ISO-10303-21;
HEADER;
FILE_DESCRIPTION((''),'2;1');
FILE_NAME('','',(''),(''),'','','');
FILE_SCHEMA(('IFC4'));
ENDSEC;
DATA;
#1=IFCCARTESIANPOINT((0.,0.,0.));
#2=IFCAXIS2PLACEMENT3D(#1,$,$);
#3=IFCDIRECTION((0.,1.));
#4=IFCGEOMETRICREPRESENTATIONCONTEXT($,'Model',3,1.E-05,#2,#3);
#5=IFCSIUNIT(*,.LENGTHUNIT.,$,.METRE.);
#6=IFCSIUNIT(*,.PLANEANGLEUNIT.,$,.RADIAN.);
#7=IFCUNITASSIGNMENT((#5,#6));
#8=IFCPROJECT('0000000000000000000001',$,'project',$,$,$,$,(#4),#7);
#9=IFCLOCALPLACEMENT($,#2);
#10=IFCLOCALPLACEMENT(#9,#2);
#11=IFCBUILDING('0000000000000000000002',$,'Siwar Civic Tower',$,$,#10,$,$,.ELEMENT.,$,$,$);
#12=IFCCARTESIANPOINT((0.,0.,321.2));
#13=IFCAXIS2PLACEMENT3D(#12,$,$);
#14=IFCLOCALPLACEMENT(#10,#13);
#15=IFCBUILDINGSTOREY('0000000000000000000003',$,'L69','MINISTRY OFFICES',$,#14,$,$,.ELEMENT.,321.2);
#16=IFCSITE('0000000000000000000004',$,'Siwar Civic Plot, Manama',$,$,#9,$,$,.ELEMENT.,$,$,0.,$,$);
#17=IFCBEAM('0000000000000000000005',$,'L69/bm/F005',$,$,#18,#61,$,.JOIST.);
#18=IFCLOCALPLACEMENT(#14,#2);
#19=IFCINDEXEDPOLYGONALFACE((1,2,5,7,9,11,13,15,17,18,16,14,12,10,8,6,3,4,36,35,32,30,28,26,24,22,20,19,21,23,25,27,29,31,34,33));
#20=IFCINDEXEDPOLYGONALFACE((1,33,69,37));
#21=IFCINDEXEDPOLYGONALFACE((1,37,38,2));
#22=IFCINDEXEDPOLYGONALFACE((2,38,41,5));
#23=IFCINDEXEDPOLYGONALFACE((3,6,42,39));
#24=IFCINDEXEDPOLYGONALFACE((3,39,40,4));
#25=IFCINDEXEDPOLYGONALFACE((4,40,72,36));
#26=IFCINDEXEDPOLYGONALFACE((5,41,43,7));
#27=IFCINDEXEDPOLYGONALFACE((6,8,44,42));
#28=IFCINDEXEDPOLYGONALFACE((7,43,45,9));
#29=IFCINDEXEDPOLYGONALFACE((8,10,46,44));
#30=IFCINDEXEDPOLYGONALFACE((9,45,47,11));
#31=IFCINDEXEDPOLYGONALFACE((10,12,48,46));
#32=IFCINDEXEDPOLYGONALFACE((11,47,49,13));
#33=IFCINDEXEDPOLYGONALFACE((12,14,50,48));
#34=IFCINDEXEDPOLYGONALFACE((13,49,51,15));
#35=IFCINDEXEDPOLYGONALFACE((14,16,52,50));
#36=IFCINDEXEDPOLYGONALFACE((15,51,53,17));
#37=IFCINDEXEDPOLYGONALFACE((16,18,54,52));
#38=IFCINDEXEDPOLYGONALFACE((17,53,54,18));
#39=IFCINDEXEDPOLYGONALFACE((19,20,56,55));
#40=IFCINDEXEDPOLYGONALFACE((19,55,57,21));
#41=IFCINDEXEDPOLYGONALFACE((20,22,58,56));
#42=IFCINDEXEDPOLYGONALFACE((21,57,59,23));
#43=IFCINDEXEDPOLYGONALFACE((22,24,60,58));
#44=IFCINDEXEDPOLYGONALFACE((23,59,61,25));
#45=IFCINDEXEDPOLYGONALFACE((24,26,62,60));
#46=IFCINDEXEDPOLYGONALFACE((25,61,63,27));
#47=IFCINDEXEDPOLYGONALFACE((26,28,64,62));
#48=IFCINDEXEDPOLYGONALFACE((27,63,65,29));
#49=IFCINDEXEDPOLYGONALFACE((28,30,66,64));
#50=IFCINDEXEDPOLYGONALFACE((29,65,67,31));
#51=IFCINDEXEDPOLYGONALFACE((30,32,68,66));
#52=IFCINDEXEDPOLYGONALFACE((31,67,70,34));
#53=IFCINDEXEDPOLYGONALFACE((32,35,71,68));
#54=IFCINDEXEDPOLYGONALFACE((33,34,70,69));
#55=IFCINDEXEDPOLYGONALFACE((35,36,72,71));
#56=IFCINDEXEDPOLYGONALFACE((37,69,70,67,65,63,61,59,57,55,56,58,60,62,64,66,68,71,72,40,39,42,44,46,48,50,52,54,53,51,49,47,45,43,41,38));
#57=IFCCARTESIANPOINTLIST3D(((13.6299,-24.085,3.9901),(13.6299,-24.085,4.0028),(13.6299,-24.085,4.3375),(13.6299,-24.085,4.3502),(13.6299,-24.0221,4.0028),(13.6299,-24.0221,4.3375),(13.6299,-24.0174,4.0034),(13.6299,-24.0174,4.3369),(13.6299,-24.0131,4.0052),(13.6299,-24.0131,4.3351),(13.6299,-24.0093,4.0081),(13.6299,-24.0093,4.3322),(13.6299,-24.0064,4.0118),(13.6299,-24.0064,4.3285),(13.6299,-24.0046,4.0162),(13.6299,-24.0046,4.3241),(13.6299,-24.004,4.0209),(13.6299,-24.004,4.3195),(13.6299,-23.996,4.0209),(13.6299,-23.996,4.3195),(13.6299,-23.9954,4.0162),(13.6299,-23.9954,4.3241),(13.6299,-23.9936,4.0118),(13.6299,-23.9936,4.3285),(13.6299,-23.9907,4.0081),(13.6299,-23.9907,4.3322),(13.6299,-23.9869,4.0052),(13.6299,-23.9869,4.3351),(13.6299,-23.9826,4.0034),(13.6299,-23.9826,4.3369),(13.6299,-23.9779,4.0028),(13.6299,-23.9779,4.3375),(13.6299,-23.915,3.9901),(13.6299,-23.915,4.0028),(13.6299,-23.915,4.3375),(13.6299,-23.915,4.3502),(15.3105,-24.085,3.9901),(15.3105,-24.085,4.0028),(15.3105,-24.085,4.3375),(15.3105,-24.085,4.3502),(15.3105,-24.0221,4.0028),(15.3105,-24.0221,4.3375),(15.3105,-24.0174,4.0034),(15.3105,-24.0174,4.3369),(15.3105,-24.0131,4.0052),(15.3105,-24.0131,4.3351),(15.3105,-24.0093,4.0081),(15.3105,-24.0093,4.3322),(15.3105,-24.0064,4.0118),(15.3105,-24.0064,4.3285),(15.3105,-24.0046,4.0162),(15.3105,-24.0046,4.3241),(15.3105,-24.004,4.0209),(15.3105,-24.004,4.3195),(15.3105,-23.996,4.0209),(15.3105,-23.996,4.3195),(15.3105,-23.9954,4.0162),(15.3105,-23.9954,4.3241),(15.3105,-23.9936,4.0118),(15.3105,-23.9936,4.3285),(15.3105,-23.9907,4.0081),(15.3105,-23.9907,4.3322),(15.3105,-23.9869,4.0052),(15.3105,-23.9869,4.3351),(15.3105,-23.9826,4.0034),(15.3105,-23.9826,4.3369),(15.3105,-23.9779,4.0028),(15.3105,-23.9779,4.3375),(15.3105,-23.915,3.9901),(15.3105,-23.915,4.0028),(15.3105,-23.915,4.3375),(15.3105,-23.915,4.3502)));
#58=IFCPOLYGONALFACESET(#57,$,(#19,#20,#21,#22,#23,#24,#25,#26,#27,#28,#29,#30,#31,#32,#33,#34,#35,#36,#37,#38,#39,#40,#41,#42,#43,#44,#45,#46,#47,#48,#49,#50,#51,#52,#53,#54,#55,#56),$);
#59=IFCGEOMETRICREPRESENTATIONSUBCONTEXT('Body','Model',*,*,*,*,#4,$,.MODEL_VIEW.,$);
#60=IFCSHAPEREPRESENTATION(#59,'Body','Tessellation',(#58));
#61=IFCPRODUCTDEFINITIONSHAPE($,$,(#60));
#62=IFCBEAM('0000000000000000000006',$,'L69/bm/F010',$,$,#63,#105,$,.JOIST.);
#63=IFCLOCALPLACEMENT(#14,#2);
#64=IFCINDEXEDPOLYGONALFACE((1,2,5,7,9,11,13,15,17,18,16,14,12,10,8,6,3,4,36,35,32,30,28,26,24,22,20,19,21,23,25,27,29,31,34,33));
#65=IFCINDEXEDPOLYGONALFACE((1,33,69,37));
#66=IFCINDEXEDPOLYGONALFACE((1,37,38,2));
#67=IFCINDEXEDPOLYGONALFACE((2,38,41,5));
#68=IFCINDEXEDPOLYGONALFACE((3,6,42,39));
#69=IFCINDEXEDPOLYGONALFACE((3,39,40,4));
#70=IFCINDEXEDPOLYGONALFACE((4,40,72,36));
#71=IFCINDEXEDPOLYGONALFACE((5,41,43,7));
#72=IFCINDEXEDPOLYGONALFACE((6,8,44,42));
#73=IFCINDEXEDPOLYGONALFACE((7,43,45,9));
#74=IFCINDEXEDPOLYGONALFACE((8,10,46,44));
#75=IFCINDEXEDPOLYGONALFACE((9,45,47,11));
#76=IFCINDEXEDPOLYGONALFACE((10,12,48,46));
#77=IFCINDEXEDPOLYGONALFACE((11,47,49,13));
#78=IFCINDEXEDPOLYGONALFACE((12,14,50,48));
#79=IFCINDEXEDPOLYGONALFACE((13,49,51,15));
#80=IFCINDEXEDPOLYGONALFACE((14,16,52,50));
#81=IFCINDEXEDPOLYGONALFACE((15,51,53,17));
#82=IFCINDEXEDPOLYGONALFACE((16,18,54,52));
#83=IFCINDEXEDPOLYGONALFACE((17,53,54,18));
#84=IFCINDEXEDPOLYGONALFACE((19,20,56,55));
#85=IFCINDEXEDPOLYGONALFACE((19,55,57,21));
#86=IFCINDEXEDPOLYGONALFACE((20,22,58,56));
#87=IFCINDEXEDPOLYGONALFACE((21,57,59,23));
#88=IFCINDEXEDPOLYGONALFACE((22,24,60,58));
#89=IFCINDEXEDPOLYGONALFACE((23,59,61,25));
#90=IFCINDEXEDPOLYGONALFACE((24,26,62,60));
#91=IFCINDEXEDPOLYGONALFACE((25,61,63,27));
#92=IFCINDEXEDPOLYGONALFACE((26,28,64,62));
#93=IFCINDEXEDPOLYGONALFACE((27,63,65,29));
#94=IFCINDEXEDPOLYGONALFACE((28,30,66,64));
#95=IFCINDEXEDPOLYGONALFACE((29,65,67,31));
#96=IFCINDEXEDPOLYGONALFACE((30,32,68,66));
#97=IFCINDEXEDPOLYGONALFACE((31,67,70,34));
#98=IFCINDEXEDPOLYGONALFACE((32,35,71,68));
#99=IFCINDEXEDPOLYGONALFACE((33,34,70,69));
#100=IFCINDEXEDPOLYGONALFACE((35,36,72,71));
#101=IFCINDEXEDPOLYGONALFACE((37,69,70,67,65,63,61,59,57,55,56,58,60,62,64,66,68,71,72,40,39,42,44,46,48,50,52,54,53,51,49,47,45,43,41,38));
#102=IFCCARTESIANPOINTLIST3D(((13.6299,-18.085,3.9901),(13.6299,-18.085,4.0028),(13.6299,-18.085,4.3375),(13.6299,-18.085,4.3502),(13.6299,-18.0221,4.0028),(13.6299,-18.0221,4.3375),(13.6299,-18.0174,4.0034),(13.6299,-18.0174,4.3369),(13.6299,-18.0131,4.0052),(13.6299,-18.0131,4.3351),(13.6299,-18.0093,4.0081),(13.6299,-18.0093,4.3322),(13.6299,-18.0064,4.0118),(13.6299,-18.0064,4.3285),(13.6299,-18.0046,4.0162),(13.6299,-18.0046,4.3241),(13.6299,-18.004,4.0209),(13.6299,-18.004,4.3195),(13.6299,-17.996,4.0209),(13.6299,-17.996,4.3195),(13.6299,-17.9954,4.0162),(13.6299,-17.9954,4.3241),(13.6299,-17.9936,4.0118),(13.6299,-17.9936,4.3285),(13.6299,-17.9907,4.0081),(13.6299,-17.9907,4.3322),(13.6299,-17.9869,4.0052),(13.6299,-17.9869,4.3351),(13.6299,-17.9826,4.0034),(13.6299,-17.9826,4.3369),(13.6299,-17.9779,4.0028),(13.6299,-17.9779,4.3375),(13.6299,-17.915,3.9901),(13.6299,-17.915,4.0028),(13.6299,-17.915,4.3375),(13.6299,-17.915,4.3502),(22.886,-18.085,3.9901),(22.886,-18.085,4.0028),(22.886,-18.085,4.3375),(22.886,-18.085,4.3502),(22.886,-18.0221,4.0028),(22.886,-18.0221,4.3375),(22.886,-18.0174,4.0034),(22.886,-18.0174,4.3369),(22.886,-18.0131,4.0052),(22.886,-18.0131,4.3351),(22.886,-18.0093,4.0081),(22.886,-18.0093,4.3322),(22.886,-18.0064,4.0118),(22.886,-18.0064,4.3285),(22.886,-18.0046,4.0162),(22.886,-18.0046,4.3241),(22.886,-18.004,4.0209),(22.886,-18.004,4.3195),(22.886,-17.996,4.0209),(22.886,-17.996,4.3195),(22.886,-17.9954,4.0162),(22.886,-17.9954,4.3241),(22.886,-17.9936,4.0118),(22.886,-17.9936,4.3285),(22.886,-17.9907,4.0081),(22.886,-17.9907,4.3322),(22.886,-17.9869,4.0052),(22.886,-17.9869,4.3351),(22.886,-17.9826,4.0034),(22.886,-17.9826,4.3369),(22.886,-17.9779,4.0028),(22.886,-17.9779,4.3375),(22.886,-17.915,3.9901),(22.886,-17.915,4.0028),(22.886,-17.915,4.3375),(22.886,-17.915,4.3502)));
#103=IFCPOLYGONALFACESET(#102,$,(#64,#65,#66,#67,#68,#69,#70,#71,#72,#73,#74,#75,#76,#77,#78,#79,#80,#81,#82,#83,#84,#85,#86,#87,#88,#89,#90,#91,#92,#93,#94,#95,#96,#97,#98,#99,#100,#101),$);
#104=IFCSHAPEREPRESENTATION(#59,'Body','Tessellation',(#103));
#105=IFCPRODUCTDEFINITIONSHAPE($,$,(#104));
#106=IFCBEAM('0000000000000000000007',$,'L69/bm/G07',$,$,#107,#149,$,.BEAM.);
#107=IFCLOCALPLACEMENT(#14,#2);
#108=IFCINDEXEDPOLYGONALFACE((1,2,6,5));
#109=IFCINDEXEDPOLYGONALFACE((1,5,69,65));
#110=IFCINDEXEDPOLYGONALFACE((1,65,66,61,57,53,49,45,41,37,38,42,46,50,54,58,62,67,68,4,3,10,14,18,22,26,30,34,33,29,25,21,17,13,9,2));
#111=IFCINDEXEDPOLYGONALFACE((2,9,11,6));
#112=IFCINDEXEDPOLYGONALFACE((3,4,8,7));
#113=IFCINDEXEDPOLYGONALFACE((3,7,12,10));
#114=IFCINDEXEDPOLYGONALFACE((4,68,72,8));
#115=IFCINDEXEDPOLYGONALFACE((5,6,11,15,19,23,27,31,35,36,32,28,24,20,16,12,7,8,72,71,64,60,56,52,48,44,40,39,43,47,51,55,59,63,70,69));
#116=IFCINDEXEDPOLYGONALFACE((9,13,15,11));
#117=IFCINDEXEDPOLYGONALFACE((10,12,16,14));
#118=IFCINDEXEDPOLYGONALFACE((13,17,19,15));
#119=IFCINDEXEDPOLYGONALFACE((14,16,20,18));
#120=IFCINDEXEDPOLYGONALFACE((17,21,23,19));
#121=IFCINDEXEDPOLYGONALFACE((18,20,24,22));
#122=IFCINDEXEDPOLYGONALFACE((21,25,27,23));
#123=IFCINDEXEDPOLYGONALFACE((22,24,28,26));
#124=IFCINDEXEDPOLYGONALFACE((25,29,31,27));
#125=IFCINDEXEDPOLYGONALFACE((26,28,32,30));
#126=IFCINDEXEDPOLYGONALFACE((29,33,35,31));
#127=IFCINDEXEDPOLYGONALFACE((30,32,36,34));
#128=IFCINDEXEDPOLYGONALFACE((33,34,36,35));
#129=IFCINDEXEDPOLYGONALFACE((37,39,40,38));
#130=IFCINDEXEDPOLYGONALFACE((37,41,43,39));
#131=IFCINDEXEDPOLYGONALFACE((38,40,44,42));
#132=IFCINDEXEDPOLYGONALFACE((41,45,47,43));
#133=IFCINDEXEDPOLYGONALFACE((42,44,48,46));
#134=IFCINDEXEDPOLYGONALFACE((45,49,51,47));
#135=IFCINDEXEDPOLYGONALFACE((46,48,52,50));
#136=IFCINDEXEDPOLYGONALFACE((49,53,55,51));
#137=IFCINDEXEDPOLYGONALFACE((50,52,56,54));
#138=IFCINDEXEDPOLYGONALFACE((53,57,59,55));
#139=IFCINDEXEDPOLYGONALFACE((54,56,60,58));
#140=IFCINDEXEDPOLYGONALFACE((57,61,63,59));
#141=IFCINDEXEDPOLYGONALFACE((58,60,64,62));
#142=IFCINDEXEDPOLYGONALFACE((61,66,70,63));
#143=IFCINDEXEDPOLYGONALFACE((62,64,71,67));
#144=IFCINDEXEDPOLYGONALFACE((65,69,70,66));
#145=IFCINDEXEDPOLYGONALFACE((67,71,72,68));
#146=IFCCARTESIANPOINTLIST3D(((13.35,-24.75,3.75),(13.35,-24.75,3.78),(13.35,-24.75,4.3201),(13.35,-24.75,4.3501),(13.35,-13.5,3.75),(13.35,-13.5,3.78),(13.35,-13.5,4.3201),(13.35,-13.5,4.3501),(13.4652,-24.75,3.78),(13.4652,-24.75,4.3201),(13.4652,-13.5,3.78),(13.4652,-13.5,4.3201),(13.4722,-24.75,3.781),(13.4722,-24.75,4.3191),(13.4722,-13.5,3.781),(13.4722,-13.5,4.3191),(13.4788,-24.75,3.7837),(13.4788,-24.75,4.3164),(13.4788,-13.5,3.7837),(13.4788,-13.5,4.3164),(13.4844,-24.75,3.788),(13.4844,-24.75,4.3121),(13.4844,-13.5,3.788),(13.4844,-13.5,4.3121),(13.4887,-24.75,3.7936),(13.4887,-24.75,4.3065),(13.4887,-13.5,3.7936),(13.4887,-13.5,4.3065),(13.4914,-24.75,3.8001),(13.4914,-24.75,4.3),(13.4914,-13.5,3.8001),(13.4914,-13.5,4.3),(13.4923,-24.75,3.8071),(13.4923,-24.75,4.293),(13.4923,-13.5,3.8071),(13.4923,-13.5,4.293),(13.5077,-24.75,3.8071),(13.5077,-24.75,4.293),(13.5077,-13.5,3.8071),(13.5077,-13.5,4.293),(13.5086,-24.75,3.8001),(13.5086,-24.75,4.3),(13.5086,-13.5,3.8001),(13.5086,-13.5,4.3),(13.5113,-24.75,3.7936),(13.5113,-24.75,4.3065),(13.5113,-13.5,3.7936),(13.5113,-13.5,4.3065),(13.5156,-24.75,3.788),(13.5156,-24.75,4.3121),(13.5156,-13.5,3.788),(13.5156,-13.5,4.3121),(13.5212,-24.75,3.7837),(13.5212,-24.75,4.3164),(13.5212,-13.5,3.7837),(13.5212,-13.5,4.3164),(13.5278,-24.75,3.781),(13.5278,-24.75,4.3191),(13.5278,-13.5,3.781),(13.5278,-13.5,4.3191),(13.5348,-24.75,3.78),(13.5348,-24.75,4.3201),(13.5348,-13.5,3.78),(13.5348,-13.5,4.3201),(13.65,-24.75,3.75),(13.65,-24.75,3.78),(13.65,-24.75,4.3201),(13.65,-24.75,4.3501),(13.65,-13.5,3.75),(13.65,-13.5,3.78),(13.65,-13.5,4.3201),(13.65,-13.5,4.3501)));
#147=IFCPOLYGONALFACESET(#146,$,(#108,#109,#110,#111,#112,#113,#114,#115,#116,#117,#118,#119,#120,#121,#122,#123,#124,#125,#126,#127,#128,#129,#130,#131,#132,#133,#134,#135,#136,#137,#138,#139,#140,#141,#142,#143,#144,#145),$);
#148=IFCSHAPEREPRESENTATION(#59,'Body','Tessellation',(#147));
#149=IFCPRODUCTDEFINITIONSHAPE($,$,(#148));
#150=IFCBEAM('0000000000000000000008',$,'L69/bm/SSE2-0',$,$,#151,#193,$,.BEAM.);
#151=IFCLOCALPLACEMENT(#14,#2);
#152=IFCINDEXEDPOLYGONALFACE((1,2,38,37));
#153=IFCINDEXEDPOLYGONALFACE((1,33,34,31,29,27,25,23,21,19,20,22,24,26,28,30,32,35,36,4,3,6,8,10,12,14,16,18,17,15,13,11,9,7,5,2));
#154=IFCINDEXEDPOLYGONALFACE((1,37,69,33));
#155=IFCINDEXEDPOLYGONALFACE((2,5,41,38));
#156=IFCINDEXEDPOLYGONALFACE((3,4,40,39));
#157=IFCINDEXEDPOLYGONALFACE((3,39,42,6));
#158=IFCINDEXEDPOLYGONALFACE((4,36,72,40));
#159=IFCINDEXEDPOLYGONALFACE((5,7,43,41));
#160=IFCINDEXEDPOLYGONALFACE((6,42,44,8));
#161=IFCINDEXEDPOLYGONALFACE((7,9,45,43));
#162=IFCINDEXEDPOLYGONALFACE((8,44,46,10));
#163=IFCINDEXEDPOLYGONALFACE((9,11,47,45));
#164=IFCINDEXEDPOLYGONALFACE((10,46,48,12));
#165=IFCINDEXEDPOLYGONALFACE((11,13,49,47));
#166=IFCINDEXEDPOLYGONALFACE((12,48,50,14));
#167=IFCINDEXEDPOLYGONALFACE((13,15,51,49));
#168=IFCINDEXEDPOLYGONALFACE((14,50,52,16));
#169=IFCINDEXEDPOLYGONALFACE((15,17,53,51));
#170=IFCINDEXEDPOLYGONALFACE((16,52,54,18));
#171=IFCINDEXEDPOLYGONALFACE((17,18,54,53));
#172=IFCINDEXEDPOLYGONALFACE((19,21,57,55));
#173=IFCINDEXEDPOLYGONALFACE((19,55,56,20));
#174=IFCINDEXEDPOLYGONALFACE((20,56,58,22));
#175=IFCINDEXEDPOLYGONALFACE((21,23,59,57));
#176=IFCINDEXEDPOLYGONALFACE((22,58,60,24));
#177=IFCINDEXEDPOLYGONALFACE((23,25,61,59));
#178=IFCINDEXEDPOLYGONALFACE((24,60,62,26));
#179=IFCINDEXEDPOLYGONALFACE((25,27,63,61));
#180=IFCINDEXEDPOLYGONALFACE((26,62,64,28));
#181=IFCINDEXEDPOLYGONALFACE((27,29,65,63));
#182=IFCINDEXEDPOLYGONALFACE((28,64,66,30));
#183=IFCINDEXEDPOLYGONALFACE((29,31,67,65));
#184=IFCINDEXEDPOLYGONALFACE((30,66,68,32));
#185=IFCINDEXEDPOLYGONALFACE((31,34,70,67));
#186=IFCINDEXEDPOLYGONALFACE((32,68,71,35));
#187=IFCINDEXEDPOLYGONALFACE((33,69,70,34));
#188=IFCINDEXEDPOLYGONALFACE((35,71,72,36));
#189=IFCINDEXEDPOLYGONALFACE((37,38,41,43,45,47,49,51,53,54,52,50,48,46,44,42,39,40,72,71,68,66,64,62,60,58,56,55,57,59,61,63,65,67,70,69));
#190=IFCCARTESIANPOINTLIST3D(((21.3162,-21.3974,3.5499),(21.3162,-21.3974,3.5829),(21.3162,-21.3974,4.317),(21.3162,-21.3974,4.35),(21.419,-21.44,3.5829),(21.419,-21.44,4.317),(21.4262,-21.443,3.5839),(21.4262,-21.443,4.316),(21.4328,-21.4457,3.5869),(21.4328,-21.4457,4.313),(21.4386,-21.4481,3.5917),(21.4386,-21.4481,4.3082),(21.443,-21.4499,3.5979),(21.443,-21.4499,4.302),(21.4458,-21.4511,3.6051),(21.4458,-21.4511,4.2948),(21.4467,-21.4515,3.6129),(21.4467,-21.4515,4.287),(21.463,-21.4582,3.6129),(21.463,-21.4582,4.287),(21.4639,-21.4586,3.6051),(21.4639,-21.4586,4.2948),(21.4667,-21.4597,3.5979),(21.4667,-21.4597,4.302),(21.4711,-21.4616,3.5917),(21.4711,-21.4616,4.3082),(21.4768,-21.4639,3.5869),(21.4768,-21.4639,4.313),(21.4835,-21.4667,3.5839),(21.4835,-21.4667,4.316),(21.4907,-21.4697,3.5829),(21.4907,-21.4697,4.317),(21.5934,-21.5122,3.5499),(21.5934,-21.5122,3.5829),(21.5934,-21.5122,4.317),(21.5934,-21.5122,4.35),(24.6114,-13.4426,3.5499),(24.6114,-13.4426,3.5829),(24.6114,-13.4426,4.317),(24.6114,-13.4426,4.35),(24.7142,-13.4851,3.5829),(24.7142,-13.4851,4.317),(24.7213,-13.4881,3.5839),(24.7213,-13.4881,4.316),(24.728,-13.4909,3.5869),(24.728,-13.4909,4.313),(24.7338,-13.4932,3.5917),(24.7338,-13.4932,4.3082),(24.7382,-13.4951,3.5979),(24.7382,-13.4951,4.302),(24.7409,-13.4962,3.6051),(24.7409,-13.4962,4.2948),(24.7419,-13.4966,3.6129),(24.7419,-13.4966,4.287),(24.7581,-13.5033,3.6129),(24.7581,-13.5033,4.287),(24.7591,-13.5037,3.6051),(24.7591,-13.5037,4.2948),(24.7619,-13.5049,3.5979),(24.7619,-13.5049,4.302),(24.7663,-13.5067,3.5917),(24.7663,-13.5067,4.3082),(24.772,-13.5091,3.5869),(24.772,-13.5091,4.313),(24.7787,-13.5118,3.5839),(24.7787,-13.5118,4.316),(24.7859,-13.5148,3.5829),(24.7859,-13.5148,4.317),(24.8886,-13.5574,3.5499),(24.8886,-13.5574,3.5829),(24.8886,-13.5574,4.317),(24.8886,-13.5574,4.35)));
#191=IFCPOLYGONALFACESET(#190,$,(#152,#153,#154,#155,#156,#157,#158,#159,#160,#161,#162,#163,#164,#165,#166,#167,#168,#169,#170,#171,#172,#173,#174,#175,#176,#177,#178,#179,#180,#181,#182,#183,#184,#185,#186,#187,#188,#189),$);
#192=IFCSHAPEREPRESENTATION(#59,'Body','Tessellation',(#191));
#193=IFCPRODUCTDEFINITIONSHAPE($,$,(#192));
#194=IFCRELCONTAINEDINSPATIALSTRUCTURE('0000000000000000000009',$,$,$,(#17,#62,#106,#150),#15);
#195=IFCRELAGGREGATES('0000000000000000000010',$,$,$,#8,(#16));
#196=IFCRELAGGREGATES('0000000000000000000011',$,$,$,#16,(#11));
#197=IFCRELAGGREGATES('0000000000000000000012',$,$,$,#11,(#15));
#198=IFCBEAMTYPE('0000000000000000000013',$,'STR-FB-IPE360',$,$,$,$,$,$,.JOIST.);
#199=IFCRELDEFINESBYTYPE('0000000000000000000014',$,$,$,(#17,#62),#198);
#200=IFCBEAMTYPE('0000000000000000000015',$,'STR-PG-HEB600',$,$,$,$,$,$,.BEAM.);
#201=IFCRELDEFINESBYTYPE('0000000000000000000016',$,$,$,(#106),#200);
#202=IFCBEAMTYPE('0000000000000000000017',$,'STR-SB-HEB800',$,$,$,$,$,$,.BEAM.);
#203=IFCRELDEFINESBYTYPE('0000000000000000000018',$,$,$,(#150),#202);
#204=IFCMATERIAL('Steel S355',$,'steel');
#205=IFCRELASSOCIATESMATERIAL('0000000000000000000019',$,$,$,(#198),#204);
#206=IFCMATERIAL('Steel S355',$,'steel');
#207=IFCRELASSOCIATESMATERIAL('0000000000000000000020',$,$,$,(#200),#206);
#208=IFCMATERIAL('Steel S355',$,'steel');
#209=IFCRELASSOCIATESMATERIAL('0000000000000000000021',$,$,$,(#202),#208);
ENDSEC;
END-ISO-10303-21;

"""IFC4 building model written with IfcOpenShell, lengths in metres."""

from ifc_helpers import new_model, si_unit, direction, frame, origin, origin_2d, place, context, subcontext, project, spatial, i_section, extrude, material, material_profile, profile_set, type_object, element, save


model = new_model("IFC4")

# Units and contexts
model_context = context("Model", 3, precision=1e-05, world=origin(), true_north=direction((0.0, 1.0)))
body_context = subcontext(model_context, "Body", "Model", "MODEL_VIEW")
ifc_project = project(units=[si_unit("LENGTHUNIT", "METRE"), si_unit("PLANEANGLEUNIT", "RADIAN")], contexts=[model_context])

# Site, building, storey
site_placement = place(None, origin())
site = spatial("IfcSite", under=ifc_project, at=site_placement, Name="Siwar Civic Plot, Manama", CompositionType="ELEMENT", RefElevation=0.0)
building_placement = place(site_placement, origin())
building = spatial("IfcBuilding", under=site, at=building_placement, Name="Siwar Civic Tower", CompositionType="ELEMENT")
storey_placement = place(building_placement, frame((0.0, 0.0, 321.2)))
storey = spatial("IfcBuildingStorey", under=building, at=storey_placement, Name="L69", Description="MINISTRY OFFICES", CompositionType="ELEMENT", Elevation=321.2)

# Beams
ifc_material_1 = material(Name="Steel S355", Category="steel")
ifc_material_profile_1 = material_profile(ifc_material_1, i_section(OverallWidth=0.1699, OverallDepth=0.3601, WebThickness=0.0081, FlangeThickness=0.0127, FilletRadius=0.0181, at=origin_2d()), Name="IPE360")
ifc_profile_set_1 = profile_set([ifc_material_profile_1], Name="Steel S355")
beam_type_1 = type_object("IfcBeamType", Name="STR-FB-IPE360", PredefinedType="JOIST", material=ifc_profile_set_1)
beam_1_placement = place(storey_placement, frame((13.6299, -24.0, 4.1702), z_axis=(1.0, 0.0, 0.0), x_axis=(0.0, 1.0, 0.0)))
element("IfcBeam", 1, at=beam_1_placement, inside=storey, type_object=beam_type_1, Name="L69/bm/F005", PredefinedType="JOIST", context=body_context, shape_type="SweptSolid", body=[
    extrude(i_section(OverallWidth=0.1699, OverallDepth=0.3601, WebThickness=0.0081, FlangeThickness=0.0127, FilletRadius=0.0181, at=origin_2d()), origin(), (0.0, 0.0, 1.0), 1.6807),
])
beam_2_placement = place(storey_placement, frame((13.6299, -18.0, 4.1702), z_axis=(1.0, 0.0, 0.0), x_axis=(0.0, 1.0, 0.0)))
element("IfcBeam", 2, at=beam_2_placement, inside=storey, type_object=beam_type_1, Name="L69/bm/F010", PredefinedType="JOIST", context=body_context, shape_type="SweptSolid", body=[
    extrude(i_section(OverallWidth=0.1699, OverallDepth=0.3601, WebThickness=0.0081, FlangeThickness=0.0127, FilletRadius=0.0181, at=origin_2d()), origin(), (0.0, 0.0, 1.0), 9.2561),
])
ifc_material_2 = material(Name="Steel S355", Category="steel")
ifc_material_profile_2 = material_profile(ifc_material_2, i_section(OverallWidth=0.3, OverallDepth=0.6001, WebThickness=0.0154, FlangeThickness=0.03, FilletRadius=0.0271, at=origin_2d()), Name="HEB600")
ifc_profile_set_2 = profile_set([ifc_material_profile_2], Name="Steel S355")
beam_type_2 = type_object("IfcBeamType", Name="STR-PG-HEB600", PredefinedType="BEAM", material=ifc_profile_set_2)
beam_3_placement = place(storey_placement, frame((13.5, -24.75, 4.05), z_axis=(0.0, 1.0, 0.0), x_axis=(-1.0, 0.0, 0.0)))
element("IfcBeam", 3, at=beam_3_placement, inside=storey, type_object=beam_type_2, Name="L69/bm/G07", PredefinedType="BEAM", context=body_context, shape_type="SweptSolid", body=[
    extrude(i_section(OverallWidth=0.3, OverallDepth=0.6001, WebThickness=0.0154, FlangeThickness=0.03, FilletRadius=0.0271, at=origin_2d()), origin(), (0.0, 0.0, 1.0), 11.25),
])
ifc_material_3 = material(Name="Steel S355", Category="steel")
ifc_material_profile_3 = material_profile(ifc_material_3, i_section(OverallWidth=0.3, OverallDepth=0.8, WebThickness=0.0176, FlangeThickness=0.033, FilletRadius=0.03, at=origin_2d()), Name="HEB800")
ifc_profile_set_3 = profile_set([ifc_material_profile_3], Name="Steel S355")
beam_type_3 = type_object("IfcBeamType", Name="STR-SB-HEB800", PredefinedType="BEAM", material=ifc_profile_set_3)
beam_4_placement = place(storey_placement, frame((21.4548, -21.4548, 3.95), z_axis=(0.3827, 0.923873, 0.0), x_axis=(-0.923873, 0.3827, 0.0)))
element("IfcBeam", 4, at=beam_4_placement, inside=storey, type_object=beam_type_3, Name="L69/bm/SSE2-0", PredefinedType="BEAM", context=body_context, shape_type="SweptSolid", body=[
    extrude(i_section(OverallWidth=0.3, OverallDepth=0.8, WebThickness=0.0176, FlangeThickness=0.033, FilletRadius=0.03, at=origin_2d()), origin(), (0.0, 0.0, 1.0), 8.6104),
])

save(model, "model.ifc")
